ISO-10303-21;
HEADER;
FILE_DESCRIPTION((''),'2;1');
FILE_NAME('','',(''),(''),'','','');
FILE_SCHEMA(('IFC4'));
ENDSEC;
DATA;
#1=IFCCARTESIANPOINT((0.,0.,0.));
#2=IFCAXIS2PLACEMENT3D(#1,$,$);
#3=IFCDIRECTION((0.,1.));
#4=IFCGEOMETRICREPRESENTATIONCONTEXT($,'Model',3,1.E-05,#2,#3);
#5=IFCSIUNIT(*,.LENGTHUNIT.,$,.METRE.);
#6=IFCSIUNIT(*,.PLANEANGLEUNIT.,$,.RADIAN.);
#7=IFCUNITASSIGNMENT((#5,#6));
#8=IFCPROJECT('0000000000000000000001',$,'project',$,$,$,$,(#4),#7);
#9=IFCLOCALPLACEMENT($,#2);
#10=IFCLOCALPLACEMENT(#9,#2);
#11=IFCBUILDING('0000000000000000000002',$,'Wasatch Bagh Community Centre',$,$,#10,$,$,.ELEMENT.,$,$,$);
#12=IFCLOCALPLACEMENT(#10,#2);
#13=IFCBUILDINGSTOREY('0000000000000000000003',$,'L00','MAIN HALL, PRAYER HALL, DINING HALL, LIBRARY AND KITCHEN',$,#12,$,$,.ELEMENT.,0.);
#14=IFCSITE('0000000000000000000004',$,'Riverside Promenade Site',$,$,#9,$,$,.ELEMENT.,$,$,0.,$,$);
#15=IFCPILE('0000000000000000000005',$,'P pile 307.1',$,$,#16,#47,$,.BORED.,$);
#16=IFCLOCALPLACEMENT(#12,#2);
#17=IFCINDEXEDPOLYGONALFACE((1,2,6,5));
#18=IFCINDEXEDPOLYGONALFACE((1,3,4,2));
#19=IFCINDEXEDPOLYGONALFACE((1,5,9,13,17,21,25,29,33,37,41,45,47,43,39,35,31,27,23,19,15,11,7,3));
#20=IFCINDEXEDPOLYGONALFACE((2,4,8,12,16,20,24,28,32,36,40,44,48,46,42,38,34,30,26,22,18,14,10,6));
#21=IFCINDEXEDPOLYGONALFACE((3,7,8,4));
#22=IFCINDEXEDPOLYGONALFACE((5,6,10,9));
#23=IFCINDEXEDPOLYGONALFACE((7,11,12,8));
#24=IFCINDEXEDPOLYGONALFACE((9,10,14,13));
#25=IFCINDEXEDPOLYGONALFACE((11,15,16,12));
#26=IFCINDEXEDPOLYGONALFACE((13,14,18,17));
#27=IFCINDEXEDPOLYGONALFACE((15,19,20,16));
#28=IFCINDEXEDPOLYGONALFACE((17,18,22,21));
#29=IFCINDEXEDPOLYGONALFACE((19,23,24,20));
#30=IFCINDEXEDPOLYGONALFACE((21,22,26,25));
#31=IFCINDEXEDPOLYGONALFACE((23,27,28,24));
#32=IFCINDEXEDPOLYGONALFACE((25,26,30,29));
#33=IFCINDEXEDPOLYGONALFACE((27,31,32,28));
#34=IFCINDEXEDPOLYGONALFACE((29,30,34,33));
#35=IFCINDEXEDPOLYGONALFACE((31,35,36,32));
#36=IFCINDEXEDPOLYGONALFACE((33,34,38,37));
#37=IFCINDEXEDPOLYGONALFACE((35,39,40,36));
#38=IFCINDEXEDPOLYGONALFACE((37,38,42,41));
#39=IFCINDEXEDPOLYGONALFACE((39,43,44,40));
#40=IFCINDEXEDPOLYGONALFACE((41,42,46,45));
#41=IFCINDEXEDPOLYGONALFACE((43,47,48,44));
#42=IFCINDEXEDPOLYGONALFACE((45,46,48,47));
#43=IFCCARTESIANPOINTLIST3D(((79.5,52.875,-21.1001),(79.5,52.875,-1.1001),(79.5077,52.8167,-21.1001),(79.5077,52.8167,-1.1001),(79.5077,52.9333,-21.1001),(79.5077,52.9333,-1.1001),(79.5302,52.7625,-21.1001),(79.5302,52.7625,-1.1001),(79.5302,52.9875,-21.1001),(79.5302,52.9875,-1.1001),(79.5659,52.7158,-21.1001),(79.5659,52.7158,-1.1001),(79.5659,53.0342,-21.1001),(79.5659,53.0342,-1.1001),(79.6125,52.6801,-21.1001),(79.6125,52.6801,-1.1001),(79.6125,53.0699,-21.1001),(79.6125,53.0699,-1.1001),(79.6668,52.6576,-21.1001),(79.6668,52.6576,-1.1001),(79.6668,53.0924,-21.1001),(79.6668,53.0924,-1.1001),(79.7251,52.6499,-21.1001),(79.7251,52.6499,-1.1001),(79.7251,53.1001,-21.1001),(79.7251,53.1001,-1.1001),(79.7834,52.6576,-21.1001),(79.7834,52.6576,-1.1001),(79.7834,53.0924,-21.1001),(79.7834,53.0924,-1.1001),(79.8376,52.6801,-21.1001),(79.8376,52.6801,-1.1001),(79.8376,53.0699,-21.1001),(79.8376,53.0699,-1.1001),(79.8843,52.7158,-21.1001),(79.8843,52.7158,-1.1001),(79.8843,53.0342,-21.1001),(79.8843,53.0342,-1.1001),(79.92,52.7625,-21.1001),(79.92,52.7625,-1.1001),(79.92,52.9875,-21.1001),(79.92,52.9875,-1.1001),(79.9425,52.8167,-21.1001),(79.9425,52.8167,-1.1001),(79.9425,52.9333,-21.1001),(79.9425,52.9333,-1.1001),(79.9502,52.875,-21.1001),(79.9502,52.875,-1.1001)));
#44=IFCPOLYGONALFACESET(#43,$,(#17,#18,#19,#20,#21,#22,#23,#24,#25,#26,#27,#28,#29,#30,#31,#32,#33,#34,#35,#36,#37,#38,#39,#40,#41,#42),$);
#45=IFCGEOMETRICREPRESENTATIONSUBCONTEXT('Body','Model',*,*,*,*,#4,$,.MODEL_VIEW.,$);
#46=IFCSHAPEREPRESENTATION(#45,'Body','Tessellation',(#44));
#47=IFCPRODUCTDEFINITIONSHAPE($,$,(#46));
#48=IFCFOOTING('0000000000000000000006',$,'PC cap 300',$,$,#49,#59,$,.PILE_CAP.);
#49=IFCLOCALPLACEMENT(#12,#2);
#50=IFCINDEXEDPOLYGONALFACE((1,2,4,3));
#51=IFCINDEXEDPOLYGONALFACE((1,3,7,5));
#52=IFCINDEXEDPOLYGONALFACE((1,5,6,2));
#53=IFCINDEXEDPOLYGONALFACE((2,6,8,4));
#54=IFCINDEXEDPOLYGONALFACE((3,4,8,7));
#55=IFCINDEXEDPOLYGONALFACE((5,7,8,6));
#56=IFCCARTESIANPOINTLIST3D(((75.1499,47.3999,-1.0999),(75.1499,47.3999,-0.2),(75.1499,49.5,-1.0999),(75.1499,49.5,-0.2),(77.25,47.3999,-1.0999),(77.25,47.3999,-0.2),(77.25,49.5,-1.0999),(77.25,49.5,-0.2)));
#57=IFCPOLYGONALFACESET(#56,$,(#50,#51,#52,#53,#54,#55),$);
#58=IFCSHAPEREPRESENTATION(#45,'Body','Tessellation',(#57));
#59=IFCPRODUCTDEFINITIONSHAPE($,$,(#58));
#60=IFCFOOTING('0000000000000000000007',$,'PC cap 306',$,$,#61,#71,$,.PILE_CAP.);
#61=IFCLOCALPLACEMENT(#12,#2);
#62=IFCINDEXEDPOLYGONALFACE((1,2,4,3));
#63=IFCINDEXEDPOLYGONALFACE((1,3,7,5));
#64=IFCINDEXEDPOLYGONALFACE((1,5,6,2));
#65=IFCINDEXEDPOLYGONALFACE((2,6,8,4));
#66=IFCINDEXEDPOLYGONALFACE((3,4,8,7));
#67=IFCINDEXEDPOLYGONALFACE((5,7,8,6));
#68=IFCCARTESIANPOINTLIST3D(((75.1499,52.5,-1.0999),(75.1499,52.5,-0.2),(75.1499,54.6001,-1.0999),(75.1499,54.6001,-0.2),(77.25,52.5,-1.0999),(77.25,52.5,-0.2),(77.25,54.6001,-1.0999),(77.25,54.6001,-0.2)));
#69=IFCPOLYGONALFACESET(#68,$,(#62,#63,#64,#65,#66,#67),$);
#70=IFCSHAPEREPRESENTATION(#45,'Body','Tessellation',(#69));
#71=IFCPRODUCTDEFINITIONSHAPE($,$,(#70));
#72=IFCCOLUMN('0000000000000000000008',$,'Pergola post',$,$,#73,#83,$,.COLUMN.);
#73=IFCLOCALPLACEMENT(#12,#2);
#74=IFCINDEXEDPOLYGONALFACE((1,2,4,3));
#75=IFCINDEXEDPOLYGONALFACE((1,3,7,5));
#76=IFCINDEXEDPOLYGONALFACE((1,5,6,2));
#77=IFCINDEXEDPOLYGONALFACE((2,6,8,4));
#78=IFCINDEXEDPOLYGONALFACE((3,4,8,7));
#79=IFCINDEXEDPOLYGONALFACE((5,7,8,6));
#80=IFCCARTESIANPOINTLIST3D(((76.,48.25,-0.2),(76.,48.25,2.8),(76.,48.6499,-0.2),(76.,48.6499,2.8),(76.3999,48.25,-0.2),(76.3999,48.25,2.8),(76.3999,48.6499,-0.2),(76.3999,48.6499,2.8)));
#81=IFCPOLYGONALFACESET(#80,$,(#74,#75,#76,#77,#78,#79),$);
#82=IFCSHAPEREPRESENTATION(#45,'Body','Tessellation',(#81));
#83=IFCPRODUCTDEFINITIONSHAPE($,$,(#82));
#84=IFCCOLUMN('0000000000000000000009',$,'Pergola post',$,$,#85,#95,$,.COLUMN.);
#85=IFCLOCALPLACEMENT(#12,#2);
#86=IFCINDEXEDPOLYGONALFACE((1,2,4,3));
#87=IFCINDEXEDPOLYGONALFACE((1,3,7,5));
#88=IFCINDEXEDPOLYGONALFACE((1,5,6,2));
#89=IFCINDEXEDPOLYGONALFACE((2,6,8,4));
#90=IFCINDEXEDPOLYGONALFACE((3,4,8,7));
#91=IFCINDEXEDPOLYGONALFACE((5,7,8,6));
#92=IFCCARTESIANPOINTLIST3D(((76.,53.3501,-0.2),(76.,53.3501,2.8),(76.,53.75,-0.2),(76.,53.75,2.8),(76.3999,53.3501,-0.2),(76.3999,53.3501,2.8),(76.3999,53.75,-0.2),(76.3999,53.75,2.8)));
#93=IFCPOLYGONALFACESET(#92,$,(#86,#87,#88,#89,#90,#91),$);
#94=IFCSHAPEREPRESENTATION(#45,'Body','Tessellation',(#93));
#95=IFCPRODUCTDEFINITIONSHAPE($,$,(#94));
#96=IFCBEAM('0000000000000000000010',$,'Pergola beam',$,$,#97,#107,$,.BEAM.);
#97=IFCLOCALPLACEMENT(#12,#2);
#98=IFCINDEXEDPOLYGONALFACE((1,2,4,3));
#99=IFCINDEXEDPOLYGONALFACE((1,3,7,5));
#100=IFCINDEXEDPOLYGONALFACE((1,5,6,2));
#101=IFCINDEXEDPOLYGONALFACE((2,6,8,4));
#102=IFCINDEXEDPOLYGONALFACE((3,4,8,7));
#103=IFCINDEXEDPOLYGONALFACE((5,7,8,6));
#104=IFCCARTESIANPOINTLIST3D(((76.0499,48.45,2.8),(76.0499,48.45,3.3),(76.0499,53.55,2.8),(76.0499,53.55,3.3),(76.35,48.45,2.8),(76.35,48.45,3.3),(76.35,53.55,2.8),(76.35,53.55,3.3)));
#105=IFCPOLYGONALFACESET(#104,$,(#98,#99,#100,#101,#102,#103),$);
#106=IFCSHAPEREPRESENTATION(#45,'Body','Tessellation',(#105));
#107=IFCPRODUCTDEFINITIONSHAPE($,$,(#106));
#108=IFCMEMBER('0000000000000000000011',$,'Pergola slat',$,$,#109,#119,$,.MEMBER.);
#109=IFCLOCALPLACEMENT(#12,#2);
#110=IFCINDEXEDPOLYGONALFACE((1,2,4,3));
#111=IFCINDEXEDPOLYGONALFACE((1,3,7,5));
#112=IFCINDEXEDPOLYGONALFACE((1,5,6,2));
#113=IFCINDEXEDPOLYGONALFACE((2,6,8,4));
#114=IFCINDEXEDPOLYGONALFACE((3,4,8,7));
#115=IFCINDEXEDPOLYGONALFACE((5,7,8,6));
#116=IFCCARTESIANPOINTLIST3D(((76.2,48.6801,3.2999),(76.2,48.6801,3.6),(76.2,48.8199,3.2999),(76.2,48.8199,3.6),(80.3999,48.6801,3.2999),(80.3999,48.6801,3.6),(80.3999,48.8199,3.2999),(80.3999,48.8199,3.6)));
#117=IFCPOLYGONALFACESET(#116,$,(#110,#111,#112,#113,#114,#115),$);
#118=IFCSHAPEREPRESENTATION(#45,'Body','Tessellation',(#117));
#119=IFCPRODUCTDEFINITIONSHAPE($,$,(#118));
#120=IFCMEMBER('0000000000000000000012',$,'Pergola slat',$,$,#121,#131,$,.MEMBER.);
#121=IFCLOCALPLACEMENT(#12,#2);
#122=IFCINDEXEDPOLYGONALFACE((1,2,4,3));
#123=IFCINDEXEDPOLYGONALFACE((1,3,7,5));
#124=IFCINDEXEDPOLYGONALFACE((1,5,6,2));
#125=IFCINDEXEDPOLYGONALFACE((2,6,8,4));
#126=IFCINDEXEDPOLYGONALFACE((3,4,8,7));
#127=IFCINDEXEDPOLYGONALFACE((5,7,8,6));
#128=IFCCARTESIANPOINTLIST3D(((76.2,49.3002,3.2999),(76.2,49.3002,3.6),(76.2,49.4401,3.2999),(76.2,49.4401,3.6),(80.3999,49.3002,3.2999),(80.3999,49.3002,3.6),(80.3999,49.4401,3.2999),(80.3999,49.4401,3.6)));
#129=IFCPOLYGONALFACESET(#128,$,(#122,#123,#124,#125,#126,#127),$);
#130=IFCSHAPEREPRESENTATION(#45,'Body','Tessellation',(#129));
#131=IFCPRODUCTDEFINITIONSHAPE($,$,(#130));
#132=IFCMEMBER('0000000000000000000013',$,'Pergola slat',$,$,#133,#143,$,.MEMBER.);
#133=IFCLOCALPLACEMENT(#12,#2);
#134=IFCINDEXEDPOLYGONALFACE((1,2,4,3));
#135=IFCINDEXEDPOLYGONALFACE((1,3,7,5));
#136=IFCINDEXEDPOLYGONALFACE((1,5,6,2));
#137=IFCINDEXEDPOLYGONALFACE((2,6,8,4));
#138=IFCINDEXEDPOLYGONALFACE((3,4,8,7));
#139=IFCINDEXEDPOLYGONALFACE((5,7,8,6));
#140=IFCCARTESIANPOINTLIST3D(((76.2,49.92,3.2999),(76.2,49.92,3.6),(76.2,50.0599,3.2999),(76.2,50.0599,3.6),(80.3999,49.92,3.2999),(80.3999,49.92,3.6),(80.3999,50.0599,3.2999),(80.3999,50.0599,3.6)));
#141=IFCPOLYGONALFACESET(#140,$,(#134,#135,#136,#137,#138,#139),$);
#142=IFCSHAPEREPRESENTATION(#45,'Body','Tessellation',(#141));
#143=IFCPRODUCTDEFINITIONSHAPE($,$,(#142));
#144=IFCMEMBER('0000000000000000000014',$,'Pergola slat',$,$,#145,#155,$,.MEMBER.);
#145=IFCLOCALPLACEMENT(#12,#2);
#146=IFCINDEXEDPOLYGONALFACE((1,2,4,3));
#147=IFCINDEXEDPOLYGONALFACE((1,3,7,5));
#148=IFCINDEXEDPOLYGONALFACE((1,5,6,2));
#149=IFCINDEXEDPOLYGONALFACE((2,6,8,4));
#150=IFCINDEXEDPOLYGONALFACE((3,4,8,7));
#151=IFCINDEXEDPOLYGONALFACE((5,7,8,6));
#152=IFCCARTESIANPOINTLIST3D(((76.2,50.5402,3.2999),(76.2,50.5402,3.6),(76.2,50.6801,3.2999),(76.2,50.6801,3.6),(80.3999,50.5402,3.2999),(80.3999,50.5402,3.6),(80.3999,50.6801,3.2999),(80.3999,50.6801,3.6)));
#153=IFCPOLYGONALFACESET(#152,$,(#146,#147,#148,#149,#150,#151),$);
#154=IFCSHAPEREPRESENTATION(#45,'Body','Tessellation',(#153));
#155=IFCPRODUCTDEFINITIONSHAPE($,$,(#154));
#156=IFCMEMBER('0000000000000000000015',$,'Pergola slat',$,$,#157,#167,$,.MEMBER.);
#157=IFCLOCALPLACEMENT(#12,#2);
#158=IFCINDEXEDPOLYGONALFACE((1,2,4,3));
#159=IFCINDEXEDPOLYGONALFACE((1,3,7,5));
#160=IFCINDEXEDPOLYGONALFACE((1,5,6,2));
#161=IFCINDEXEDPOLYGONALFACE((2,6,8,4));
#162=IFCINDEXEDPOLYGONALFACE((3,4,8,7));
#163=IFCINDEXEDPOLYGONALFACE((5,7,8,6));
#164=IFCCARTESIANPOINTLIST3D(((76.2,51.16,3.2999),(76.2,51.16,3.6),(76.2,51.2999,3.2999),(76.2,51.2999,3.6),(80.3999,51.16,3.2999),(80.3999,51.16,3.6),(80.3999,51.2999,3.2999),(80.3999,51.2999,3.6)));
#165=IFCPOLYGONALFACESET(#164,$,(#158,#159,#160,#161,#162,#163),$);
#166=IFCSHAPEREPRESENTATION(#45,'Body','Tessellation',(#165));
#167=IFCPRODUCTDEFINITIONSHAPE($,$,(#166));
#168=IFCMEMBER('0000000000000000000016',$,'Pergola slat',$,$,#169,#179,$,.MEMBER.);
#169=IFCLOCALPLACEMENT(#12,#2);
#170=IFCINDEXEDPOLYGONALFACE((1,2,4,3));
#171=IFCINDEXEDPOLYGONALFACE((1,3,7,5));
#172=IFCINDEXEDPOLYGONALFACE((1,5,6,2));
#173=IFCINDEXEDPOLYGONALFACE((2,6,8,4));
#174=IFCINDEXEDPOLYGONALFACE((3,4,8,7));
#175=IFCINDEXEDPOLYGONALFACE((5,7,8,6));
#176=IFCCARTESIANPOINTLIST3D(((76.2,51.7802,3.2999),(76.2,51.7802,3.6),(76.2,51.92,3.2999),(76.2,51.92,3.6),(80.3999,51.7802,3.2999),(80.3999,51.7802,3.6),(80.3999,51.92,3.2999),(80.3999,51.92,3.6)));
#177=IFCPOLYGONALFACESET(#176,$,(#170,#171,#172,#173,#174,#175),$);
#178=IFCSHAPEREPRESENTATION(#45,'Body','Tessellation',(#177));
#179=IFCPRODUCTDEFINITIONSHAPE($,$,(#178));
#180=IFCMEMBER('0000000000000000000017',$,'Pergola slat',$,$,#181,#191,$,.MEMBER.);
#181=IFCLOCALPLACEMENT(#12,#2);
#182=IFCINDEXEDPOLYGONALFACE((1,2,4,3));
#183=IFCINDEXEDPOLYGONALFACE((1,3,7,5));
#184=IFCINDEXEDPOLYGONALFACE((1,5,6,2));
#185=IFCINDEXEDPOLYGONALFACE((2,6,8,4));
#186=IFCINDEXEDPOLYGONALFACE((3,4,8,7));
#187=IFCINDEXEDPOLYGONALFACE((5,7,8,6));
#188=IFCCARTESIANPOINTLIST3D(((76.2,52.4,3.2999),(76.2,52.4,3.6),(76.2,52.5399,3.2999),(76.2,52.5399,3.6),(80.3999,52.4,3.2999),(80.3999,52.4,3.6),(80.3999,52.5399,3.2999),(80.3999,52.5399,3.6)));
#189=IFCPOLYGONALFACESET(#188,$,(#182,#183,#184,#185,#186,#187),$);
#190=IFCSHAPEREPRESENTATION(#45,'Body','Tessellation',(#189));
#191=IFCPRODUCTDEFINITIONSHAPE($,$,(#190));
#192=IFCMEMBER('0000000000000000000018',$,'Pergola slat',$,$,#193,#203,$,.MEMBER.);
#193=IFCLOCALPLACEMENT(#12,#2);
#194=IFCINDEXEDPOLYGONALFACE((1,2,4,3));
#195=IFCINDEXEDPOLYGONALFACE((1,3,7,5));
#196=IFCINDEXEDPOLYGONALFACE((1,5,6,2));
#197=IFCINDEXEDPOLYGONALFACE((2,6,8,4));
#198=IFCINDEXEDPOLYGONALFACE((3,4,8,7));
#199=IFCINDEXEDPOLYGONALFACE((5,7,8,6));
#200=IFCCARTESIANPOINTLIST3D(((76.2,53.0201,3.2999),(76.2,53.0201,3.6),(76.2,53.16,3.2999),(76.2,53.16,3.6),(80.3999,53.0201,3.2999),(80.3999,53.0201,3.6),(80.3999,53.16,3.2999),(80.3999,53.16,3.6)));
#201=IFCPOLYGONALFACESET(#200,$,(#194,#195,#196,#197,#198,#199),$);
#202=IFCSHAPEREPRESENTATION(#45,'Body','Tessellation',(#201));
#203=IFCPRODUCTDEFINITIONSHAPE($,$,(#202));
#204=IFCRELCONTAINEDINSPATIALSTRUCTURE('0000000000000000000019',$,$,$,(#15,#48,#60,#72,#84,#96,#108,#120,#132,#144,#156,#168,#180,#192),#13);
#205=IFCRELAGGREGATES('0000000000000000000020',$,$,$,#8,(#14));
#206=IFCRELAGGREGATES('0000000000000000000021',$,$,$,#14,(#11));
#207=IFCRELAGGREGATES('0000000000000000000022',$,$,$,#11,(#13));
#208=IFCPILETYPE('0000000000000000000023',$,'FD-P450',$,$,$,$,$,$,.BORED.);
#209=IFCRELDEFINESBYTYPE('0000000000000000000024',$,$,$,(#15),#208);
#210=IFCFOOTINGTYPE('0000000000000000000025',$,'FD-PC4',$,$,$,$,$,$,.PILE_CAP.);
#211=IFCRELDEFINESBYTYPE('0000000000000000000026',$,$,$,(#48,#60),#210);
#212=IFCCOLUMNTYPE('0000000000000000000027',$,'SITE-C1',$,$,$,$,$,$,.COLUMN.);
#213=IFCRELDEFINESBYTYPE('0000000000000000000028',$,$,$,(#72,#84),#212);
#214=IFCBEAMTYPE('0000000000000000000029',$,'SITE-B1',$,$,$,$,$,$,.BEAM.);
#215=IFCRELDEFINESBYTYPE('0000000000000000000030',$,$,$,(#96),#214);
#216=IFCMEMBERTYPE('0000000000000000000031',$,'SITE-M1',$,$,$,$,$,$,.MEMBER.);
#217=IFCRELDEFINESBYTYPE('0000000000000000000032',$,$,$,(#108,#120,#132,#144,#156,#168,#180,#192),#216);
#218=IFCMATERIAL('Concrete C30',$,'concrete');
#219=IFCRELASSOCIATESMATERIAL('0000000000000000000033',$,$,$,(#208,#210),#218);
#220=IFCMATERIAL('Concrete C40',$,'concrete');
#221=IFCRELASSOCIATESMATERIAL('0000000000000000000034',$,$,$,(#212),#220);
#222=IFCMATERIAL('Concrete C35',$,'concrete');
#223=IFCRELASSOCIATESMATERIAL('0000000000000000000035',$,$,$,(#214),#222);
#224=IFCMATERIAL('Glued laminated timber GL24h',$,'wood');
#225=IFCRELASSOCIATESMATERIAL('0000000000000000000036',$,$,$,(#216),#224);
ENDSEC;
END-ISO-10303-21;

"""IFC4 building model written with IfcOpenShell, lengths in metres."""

from ifc_helpers import new_model, si_unit, direction, frame, origin, origin_2d, place, context, subcontext, project, spatial, rectangle, circle, extrude, material, material_profile, profile_set, type_object, element, save


model = new_model("IFC4")

# Units and contexts
model_context = context("Model", 3, precision=1e-05, world=origin(), true_north=direction((0.0, 1.0)))
body_context = subcontext(model_context, "Body", "Model", "MODEL_VIEW")
ifc_project = project(units=[si_unit("LENGTHUNIT", "METRE"), si_unit("PLANEANGLEUNIT", "RADIAN")], contexts=[model_context])

# Site, building, storey
site_placement = place(None, origin())
site = spatial("IfcSite", under=ifc_project, at=site_placement, Name="Riverside Promenade Site", CompositionType="ELEMENT", RefElevation=0.0)
building_placement = place(site_placement, origin())
building = spatial("IfcBuilding", under=site, at=building_placement, Name="Wasatch Bagh Community Centre", CompositionType="ELEMENT")
storey_placement = place(building_placement, origin())
storey = spatial("IfcBuildingStorey", under=building, at=storey_placement, Name="L00", Description="MAIN HALL, PRAYER HALL, DINING HALL, LIBRARY AND KITCHEN", CompositionType="ELEMENT", Elevation=0.0)

# Shared definitions
ifc_material_1 = material(Name="Concrete C35", Category="concrete")

# Pile
ifc_material_2 = material(Name="Concrete C30", Category="concrete")
ifc_material_profile_1 = material_profile(ifc_material_2, circle(Radius=0.2251, at=origin_2d()), Name="RC D450")
ifc_profile_set_1 = profile_set([ifc_material_profile_1], Name="Concrete C30")
pile_type = type_object("IfcPileType", Name="FD-P450", PredefinedType="BORED", material=ifc_profile_set_1)
for number, where, z_axis, x_axis, name in (
    (1, (79.7251, 52.875, -1.1001), (0.0, 0.0, -1.0), (1.0, 0.0, 0.0), "P pile 307.1"),
):
    element("IfcPile", number, at=place(storey_placement, frame(where, z_axis=z_axis, x_axis=x_axis)), inside=storey, type_object=pile_type, Name=name, PredefinedType="BORED", context=body_context, shape_type="SweptSolid", body=[
        extrude(circle(Radius=0.2251, at=origin_2d()), origin(), (0.0, 0.0, 1.0), 20.0),
    ])

# Footings
footing_type_1 = type_object("IfcFootingType", Name="FD-PC4", PredefinedType="PILE_CAP", material=ifc_material_2)
for number, where, z_axis, x_axis, name in (
    (2, (76.2, 48.45, -1.0999), (0.0, 0.0, 1.0), (1.0, 0.0, 0.0), "PC cap 300"),
    (3, (76.2, 53.55, -1.0999), (0.0, 0.0, 1.0), (1.0, 0.0, 0.0), "PC cap 306"),
):
    element("IfcFooting", number, at=place(storey_placement, frame(where, z_axis=z_axis, x_axis=x_axis)), inside=storey, type_object=footing_type_1, Name=name, PredefinedType="PILE_CAP", context=body_context, shape_type="SweptSolid", body=[
        extrude(rectangle(XDim=2.1001, YDim=2.1001, at=origin_2d()), origin(), (0.0, 0.0, 1.0), 0.8999),
    ])

# Columns
ifc_material_3 = material(Name="Concrete C40", Category="concrete")
ifc_material_profile_2 = material_profile(ifc_material_3, rectangle(XDim=0.3999, YDim=0.3999, at=origin_2d()), Name="RC 400x400")
ifc_profile_set_2 = profile_set([ifc_material_profile_2], Name="Concrete C40")
column_type = type_object("IfcColumnType", Name="SITE-C1", PredefinedType="COLUMN", material=ifc_profile_set_2)
for number, where, z_axis, x_axis, name in (
    (4, (76.2, 48.45, -0.2), (0.0, 0.0, 1.0), (1.0, 0.0, 0.0), "Pergola post"),
    (5, (76.2, 53.55, -0.2), (0.0, 0.0, 1.0), (1.0, 0.0, 0.0), "Pergola post"),
):
    element("IfcColumn", number, at=place(storey_placement, frame(where, z_axis=z_axis, x_axis=x_axis)), inside=storey, type_object=column_type, Name=name, PredefinedType="COLUMN", context=body_context, shape_type="SweptSolid", body=[
        extrude(rectangle(XDim=0.3999, YDim=0.3999, at=origin_2d()), origin(), (0.0, 0.0, 1.0), 3.0),
    ])

# Beam
ifc_material_profile_3 = material_profile(ifc_material_1, rectangle(XDim=0.3, YDim=0.5, at=origin_2d()), Name="RC 300x500")
ifc_profile_set_3 = profile_set([ifc_material_profile_3], Name="Concrete C35")
beam_type = type_object("IfcBeamType", Name="SITE-B1", PredefinedType="BEAM", material=ifc_profile_set_3)
beam_placement = place(storey_placement, frame((76.2, 48.45, 3.05), z_axis=(0.0, 1.0, 0.0), x_axis=(-1.0, 0.0, 0.0)))
element("IfcBeam", 6, at=beam_placement, inside=storey, type_object=beam_type, Name="Pergola beam", PredefinedType="BEAM", context=body_context, shape_type="SweptSolid", body=[
    extrude(rectangle(XDim=0.3, YDim=0.5, at=origin_2d()), origin(), (0.0, 0.0, 1.0), 5.1001),
])

# Members
ifc_material_4 = material(Name="Glued laminated timber GL24h", Category="wood")
ifc_material_profile_4 = material_profile(ifc_material_4, rectangle(XDim=0.1399, YDim=0.3, at=origin_2d()), Name="GL 140x300")
ifc_profile_set_4 = profile_set([ifc_material_profile_4], Name="Glued laminated timber GL24h")
member_type = type_object("IfcMemberType", Name="SITE-M1", PredefinedType="MEMBER", material=ifc_profile_set_4)
for number, where, z_axis, x_axis, name in (
    (7, (76.2, 48.75, 3.45), (1.0, 0.0, 0.0), (0.0, 1.0, 0.0), "Pergola slat"),
    (8, (76.2, 49.3701, 3.45), (1.0, 0.0, 0.0), (0.0, 1.0, 0.0), "Pergola slat"),
    (9, (76.2, 49.99, 3.45), (1.0, 0.0, 0.0), (0.0, 1.0, 0.0), "Pergola slat"),
    (10, (76.2, 50.6101, 3.45), (1.0, 0.0, 0.0), (0.0, 1.0, 0.0), "Pergola slat"),
    (11, (76.2, 51.23, 3.45), (1.0, 0.0, 0.0), (0.0, 1.0, 0.0), "Pergola slat"),
    (12, (76.2, 51.8501, 3.45), (1.0, 0.0, 0.0), (0.0, 1.0, 0.0), "Pergola slat"),
    (13, (76.2, 52.47, 3.45), (1.0, 0.0, 0.0), (0.0, 1.0, 0.0), "Pergola slat"),
    (14, (76.2, 53.0901, 3.45), (1.0, 0.0, 0.0), (0.0, 1.0, 0.0), "Pergola slat"),
):
    element("IfcMember", number, at=place(storey_placement, frame(where, z_axis=z_axis, x_axis=x_axis)), inside=storey, type_object=member_type, Name=name, PredefinedType="MEMBER", context=body_context, shape_type="SweptSolid", body=[
        extrude(rectangle(XDim=0.1399, YDim=0.3, at=origin_2d()), origin(), (0.0, 0.0, 1.0), 4.2),
    ])

save(model, "model.ifc")
